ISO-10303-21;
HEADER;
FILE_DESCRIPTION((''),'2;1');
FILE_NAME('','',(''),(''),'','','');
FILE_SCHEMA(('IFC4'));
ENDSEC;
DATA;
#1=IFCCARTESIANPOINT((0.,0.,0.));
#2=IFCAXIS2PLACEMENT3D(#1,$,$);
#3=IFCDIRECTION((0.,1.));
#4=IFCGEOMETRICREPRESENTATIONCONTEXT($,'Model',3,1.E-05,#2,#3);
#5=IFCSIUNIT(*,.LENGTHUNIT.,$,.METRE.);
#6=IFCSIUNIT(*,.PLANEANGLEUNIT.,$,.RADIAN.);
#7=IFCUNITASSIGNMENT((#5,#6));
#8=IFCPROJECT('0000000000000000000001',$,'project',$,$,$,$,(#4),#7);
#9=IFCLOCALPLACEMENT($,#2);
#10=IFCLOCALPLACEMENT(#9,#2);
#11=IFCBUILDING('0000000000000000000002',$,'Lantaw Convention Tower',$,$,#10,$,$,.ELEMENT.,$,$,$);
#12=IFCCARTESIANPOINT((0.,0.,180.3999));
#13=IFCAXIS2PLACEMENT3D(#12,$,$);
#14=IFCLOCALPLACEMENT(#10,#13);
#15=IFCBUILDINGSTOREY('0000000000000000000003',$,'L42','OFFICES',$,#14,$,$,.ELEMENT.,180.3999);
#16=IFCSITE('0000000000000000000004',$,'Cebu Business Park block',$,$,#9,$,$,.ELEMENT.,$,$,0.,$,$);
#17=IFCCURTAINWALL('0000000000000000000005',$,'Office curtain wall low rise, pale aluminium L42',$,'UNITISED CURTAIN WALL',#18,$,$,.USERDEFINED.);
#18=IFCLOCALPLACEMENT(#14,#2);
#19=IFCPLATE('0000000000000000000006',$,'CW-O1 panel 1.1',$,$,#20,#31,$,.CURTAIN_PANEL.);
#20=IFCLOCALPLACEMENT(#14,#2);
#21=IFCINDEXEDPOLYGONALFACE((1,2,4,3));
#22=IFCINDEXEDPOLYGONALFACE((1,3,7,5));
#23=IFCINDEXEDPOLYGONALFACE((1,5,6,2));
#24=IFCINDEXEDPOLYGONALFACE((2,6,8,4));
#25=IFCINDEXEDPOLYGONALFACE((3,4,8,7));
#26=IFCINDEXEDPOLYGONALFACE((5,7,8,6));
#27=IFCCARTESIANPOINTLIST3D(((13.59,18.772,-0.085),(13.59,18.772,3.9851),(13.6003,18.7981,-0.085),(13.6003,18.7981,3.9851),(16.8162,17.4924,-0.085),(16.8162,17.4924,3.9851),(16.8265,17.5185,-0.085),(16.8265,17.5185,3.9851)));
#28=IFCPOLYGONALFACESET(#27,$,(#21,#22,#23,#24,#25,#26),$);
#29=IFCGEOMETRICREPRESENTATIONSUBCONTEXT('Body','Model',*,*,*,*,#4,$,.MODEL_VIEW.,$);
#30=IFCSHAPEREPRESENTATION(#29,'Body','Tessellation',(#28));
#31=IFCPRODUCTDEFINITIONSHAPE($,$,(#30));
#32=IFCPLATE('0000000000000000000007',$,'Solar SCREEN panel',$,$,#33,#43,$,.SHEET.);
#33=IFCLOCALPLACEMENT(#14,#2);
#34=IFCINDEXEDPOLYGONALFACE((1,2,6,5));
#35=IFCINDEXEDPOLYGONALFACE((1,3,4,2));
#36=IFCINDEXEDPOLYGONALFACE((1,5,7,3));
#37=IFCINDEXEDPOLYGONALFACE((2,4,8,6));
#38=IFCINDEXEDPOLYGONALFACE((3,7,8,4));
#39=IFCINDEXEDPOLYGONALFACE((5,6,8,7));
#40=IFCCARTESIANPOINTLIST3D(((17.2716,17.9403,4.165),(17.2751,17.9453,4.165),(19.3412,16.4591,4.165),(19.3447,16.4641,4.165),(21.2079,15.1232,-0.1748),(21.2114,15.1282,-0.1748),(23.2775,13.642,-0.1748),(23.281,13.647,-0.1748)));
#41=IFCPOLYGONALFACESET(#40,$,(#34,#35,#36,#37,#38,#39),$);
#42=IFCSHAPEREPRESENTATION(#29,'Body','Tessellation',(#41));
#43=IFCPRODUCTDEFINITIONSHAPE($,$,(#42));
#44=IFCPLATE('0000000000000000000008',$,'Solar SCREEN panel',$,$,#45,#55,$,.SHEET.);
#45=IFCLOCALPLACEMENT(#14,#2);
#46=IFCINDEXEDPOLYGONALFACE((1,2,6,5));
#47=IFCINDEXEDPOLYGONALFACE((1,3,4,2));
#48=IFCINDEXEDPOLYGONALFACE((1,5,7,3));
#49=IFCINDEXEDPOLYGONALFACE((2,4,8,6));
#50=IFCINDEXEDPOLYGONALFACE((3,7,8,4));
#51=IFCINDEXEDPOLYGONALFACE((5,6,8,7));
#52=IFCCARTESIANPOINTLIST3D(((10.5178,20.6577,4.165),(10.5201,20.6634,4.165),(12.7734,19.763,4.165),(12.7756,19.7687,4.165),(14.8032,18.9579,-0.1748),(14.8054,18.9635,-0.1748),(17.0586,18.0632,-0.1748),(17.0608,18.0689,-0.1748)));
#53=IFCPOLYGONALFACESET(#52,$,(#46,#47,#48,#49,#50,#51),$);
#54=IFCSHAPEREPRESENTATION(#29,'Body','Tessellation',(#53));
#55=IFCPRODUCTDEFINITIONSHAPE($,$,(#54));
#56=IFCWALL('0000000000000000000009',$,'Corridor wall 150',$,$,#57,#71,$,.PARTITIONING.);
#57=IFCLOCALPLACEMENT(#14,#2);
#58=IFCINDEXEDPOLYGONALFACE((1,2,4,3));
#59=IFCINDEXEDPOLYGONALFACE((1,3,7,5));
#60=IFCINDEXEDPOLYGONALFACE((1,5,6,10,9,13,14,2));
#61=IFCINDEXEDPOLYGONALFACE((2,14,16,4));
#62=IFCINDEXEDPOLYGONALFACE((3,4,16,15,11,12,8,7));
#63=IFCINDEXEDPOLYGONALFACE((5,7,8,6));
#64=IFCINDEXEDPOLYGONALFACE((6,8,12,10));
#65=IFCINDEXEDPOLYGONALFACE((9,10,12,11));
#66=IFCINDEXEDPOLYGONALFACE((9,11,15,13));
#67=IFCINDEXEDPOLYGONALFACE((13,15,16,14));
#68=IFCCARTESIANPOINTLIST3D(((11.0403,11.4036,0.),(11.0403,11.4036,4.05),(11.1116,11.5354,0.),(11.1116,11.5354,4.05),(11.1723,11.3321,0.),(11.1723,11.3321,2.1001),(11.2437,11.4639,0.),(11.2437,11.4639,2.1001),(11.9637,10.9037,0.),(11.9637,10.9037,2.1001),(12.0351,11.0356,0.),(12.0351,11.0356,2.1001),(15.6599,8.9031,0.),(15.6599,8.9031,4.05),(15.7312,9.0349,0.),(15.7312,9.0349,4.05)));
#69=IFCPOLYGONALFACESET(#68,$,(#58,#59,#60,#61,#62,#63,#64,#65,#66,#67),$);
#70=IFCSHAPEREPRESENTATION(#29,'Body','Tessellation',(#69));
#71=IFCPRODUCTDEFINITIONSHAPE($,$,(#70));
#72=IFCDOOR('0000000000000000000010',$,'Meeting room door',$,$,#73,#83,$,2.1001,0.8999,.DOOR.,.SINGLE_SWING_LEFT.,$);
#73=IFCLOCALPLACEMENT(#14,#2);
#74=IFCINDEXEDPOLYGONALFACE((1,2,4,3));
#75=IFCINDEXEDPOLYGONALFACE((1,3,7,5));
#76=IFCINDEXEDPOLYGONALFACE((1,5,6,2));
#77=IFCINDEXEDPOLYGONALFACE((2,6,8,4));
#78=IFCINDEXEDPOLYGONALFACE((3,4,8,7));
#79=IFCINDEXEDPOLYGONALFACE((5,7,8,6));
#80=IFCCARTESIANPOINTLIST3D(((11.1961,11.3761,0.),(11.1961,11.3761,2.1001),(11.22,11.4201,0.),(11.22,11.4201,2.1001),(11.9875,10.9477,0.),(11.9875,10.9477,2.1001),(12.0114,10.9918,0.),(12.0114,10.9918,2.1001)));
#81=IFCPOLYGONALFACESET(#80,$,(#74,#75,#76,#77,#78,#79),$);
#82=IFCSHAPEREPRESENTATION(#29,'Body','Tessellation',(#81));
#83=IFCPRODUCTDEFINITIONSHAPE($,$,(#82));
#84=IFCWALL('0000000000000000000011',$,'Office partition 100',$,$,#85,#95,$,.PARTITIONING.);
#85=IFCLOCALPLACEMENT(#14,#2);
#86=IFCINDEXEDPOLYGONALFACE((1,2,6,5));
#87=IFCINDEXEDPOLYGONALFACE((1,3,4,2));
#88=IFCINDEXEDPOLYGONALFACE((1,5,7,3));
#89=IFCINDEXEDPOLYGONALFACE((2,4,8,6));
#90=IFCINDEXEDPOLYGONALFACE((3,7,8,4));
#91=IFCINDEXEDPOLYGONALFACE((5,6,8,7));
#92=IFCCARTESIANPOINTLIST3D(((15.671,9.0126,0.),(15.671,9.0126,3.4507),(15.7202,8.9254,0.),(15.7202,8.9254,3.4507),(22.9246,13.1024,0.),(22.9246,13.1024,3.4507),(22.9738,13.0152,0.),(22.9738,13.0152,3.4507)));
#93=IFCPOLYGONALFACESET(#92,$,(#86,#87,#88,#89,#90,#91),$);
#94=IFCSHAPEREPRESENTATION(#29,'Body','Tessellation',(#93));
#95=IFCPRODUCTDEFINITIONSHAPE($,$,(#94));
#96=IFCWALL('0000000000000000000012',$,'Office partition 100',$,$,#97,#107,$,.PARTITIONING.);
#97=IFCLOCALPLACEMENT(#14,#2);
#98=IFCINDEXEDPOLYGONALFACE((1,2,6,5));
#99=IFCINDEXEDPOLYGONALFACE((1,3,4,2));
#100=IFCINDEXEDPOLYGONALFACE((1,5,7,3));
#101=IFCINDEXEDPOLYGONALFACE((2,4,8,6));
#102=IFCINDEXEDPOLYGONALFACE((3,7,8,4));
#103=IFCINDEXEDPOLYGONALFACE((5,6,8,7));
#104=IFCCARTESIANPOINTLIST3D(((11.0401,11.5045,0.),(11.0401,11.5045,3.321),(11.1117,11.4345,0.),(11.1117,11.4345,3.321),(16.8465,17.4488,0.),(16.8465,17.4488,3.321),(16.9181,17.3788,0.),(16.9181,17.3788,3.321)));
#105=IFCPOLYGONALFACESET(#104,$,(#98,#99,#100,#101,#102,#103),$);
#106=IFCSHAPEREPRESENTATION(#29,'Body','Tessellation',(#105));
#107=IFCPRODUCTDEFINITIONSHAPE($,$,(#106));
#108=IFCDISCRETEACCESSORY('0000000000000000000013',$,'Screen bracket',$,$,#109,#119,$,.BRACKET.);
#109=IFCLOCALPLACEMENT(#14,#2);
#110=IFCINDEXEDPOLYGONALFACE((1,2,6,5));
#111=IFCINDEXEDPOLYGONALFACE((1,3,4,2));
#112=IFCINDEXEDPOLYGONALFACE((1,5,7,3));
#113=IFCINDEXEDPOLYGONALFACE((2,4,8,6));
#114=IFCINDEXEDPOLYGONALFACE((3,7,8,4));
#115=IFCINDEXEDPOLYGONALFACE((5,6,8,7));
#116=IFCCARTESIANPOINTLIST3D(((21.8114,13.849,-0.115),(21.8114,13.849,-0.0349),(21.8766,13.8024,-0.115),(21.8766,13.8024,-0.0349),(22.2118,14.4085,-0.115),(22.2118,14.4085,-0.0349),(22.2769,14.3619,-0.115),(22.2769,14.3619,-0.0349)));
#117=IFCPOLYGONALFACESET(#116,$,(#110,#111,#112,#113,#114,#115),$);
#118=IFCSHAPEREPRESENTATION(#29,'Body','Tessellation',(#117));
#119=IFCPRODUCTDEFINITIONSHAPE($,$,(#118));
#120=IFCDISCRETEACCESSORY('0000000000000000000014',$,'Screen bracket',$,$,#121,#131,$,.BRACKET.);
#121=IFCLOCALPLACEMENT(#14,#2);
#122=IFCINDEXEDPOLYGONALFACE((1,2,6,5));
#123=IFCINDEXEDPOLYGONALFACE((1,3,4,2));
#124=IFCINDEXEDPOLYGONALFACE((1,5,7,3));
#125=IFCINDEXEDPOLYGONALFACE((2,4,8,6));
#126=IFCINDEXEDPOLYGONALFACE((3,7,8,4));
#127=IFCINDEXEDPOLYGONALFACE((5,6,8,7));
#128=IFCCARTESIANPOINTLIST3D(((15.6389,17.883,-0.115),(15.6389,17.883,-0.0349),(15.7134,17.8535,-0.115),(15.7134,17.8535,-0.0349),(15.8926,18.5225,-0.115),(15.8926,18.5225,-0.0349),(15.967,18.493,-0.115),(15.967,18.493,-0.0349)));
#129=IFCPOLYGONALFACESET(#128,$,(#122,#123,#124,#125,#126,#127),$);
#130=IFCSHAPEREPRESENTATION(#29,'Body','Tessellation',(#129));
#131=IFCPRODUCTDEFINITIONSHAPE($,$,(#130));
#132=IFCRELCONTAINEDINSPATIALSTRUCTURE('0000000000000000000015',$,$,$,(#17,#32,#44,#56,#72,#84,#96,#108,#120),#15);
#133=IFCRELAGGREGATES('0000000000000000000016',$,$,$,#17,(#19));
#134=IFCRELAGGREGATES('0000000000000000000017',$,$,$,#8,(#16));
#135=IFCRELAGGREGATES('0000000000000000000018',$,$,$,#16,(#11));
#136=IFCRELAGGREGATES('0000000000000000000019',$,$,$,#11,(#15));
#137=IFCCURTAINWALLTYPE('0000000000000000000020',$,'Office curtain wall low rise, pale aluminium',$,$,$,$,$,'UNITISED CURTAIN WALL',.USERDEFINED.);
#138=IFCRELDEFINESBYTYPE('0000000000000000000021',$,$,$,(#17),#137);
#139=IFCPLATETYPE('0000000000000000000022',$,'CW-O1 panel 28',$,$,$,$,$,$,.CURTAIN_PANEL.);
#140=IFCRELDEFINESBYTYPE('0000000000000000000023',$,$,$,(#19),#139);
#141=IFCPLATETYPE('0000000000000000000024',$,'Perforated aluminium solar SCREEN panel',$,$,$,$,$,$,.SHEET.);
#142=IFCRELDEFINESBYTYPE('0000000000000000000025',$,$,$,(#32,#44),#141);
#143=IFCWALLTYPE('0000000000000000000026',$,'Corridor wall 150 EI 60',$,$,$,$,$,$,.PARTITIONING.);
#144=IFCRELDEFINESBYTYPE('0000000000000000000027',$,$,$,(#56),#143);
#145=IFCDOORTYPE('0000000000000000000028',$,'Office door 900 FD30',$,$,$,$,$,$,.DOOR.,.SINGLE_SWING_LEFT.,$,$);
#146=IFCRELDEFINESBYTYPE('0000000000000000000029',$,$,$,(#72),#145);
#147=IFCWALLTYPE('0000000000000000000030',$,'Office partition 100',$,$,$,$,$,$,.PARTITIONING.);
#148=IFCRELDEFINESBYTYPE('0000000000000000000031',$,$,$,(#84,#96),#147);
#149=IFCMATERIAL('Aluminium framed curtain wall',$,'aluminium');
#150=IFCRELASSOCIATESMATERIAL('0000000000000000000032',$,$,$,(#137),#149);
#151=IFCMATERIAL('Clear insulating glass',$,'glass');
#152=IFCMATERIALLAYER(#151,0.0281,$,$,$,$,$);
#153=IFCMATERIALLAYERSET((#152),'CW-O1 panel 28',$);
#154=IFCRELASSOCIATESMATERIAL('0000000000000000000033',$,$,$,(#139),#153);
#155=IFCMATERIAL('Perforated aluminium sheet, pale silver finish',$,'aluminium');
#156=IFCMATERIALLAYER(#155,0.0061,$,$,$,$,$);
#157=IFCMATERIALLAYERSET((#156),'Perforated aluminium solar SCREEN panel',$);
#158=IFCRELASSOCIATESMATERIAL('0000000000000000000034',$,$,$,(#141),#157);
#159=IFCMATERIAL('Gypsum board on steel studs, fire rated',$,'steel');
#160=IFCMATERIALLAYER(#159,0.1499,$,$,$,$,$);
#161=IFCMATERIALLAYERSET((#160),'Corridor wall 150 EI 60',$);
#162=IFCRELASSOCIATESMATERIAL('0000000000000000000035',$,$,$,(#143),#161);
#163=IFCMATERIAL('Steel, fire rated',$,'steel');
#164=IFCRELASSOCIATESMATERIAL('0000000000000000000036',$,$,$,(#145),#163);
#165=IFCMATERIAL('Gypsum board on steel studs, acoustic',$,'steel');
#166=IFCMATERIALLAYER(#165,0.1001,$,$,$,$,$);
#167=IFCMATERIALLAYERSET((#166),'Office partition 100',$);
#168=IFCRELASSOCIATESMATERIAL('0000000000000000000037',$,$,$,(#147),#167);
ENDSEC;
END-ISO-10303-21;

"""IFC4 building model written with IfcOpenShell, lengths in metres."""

from ifc_helpers import new_model, si_unit, direction, frame, frame_2d, origin, origin_2d, place, context, subcontext, project, spatial, polyline, rectangle, outline, extrude, material, layer, layer_set, type_object, element, fill, aggregate, save


model = new_model("IFC4")

# Units and contexts
model_context = context("Model", 3, precision=1e-05, world=origin(), true_north=direction((0.0, 1.0)))
body_context = subcontext(model_context, "Body", "Model", "MODEL_VIEW")
ifc_project = project(units=[si_unit("LENGTHUNIT", "METRE"), si_unit("PLANEANGLEUNIT", "RADIAN")], contexts=[model_context])

# Site, building, storey
site_placement = place(None, origin())
site = spatial("IfcSite", under=ifc_project, at=site_placement, Name="Cebu Business Park block", CompositionType="ELEMENT", RefElevation=0.0)
building_placement = place(site_placement, origin())
building = spatial("IfcBuilding", under=site, at=building_placement, Name="Lantaw Convention Tower", CompositionType="ELEMENT")
storey_placement = place(building_placement, frame((0.0, 0.0, 180.3999)))
storey = spatial("IfcBuildingStorey", under=building, at=storey_placement, Name="L42", Description="OFFICES", CompositionType="ELEMENT", Elevation=180.3999)

# Shared definitions
ifc_material_1 = material(Name="Aluminium framed curtain wall", Category="aluminium")
curtain_wall_type = type_object("IfcCurtainWallType", Name="Office curtain wall low rise, pale aluminium", ElementType="UNITISED CURTAIN WALL", PredefinedType="USERDEFINED", material=ifc_material_1)

# Curtain wall
curtain_wall_1_placement = place(storey_placement, origin())
curtain_wall_1 = element("IfcCurtainWall", 1, at=curtain_wall_1_placement, inside=storey, type_object=curtain_wall_type, Name="Office curtain wall low rise, pale aluminium L42", ObjectType="UNITISED CURTAIN WALL", PredefinedType="USERDEFINED")

# Plate
ifc_material_2 = material(Name="Clear insulating glass", Category="glass")
ifc_layer_1 = layer(ifc_material_2, 0.0281)
ifc_layer_set_1 = layer_set([ifc_layer_1], Name="CW-O1 panel 28")
plate_type_1 = type_object("IfcPlateType", Name="CW-O1 panel 28", PredefinedType="CURTAIN_PANEL", material=ifc_layer_set_1)
plate_1_placement = place(storey_placement, frame((15.2083, 18.1453, -0.085), z_axis=(0.0, 0.0, 1.0), x_axis=(-0.929548, 0.368702, 0.0)))
plate_1 = element("IfcPlate", 2, at=plate_1_placement, type_object=plate_type_1, Name="CW-O1 panel 1.1", PredefinedType="CURTAIN_PANEL", context=body_context, shape_type="SweptSolid", body=[
    extrude(rectangle(XDim=3.4707, YDim=0.0281, at=origin_2d()), origin(), (0.0, 0.0, 1.0), 4.0701),
])
aggregate(curtain_wall_1, [plate_1])

# Plates
ifc_material_3 = material(Name="Perforated aluminium sheet, pale silver finish", Category="aluminium")
ifc_layer_2 = layer(ifc_material_3, 0.0061)
ifc_layer_set_2 = layer_set([ifc_layer_2], Name="Perforated aluminium solar SCREEN panel")
plate_type_2 = type_object("IfcPlateType", Name="Perforated aluminium solar SCREEN panel", PredefinedType="SHEET", material=ifc_layer_set_2)
plate_2_placement = place(storey_placement, frame((23.281, 13.647, -0.1748), z_axis=(0.582, 0.813189, 0.000012), x_axis=(-0.813189, 0.582, 0.0)))
element("IfcPlate", 3, at=plate_2_placement, inside=storey, type_object=plate_type_2, Name="Solar SCREEN panel", PredefinedType="SHEET", context=body_context, shape_type="SweptSolid", body=[
    extrude(outline(polyline([(0.0, 0.0), (2.545, 0.0), (7.3855, 4.3398), (4.8405, 4.3398), (0.0, 0.0)])), origin(), (0.0, 0.0, -1.0), 0.0061),
])
plate_3_placement = place(storey_placement, frame((17.0586, 18.0632, -0.1748), z_axis=(-0.368709, -0.929545, 0.000011), x_axis=(-0.929545, 0.368709, 0.0)))
element("IfcPlate", 4, at=plate_3_placement, inside=storey, type_object=plate_type_2, Name="Solar SCREEN panel", PredefinedType="SHEET", context=body_context, shape_type="SweptSolid", body=[
    extrude(outline(polyline([(0.0, 0.0), (2.4264, 0.0), (7.0365, -4.3398), (4.61, -4.3398), (0.0, 0.0)])), origin(), (0.0, 0.0, -1.0), 0.0061),
])

# Wall, opening, door
ifc_material_4 = material(Name="Gypsum board on steel studs, fire rated", Category="steel")
ifc_layer_3 = layer(ifc_material_4, 0.1499)
ifc_layer_set_3 = layer_set([ifc_layer_3], Name="Corridor wall 150 EI 60")
wall_type_1 = type_object("IfcWallType", Name="Corridor wall 150 EI 60", PredefinedType="PARTITIONING", material=ifc_layer_set_3)
wall_1_placement = place(storey_placement, frame((15.6956, 8.969, 0.0), z_axis=(0.0, 0.0, 1.0), x_axis=(-0.879436, 0.476017, 0.0)))
wall_1 = element("IfcWall", 5, at=wall_1_placement, inside=storey, type_object=wall_type_1, Name="Corridor wall 150", PredefinedType="PARTITIONING", context=body_context, shape_type="SweptSolid", body=[
    extrude(rectangle(XDim=5.2529, YDim=0.1499, at=frame_2d((2.6265, 0.0))), origin(), (0.0, 0.0, 1.0), 4.05),
])
opening_placement = place(wall_1_placement, frame((4.2029, 0.0, 0.0)))
opening = element("IfcOpeningElement", 6, at=opening_placement, cuts=wall_1, PredefinedType="OPENING", context=body_context, shape_type="SweptSolid", body=[
    extrude(rectangle(XDim=0.8999, YDim=2.1001, at=frame_2d((0.45, 1.05))), frame((0.0, 0.085, 0.0), z_axis=(0.0, -1.0, 0.0), x_axis=(1.0, 0.0, 0.0)), (0.0, 0.0, 1.0), 0.1699),
])
ifc_material_5 = material(Name="Steel, fire rated", Category="steel")
door_type = type_object("IfcDoorType", Name="Office door 900 FD30", OperationType="SINGLE_SWING_LEFT", PredefinedType="DOOR", material=ifc_material_5)
door_placement = place(opening_placement, origin())
door = element("IfcDoor", 7, at=door_placement, inside=storey, type_object=door_type, Name="Meeting room door", OperationType="SINGLE_SWING_LEFT", OverallHeight=2.1001, OverallWidth=0.8999, PredefinedType="DOOR", context=body_context, shape_type="SweptSolid", body=[
    extrude(rectangle(XDim=0.8999, YDim=2.1001, at=frame_2d((0.45, 1.05))), frame((0.0, 0.0249, 0.0), z_axis=(0.0, -1.0, 0.0), x_axis=(1.0, 0.0, 0.0)), (0.0, 0.0, 1.0), 0.05),
])
fill(opening, door)

# Walls
ifc_material_6 = material(Name="Gypsum board on steel studs, acoustic", Category="steel")
ifc_layer_4 = layer(ifc_material_6, 0.1001)
ifc_layer_set_4 = layer_set([ifc_layer_4], Name="Office partition 100")
wall_type_2 = type_object("IfcWallType", Name="Office partition 100", PredefinedType="PARTITIONING", material=ifc_layer_set_4)
wall_2_placement = place(storey_placement, frame((22.9492, 13.0588, 0.0), z_axis=(0.0, 0.0, 1.0), x_axis=(-0.871079, -0.491142, 0.0)))
element("IfcWall", 8, at=wall_2_placement, inside=storey, type_object=wall_type_2, Name="Office partition 100", PredefinedType="PARTITIONING", context=body_context, shape_type="SweptSolid", body=[
    extrude(rectangle(XDim=8.3271, YDim=0.1001, at=frame_2d((4.1636, 0.0))), origin(), (0.0, 0.0, 1.0), 3.4507),
])
wall_3_placement = place(storey_placement, frame((16.8823, 17.4138, 0.0), z_axis=(0.0, 0.0, 1.0), x_axis=(-0.698758, -0.715358, 0.0)))
element("IfcWall", 9, at=wall_3_placement, inside=storey, type_object=wall_type_2, Name="Office partition 100", PredefinedType="PARTITIONING", context=body_context, shape_type="SweptSolid", body=[
    extrude(rectangle(XDim=8.3096, YDim=0.1001, at=frame_2d((4.1548, 0.0))), origin(), (0.0, 0.0, 1.0), 3.321),
])

# Discrete accessories
for number, where, z_axis, x_axis, name in (
    (10, (22.0442, 14.1055, -0.115), (0.0, 0.0, 1.0), (-0.813208, 0.581973, 0.0), "Screen bracket"),
    (11, (15.803, 18.188, -0.115), (0.0, 0.0, 1.0), (-0.929548, 0.368702, 0.0), "Screen bracket"),
):
    element("IfcDiscreteAccessory", number, at=place(storey_placement, frame(where, z_axis=z_axis, x_axis=x_axis)), inside=storey, Name=name, PredefinedType="BRACKET", context=body_context, shape_type="SweptSolid", body=[
        extrude(rectangle(XDim=0.0801, YDim=0.688, at=origin_2d()), origin(), (0.0, 0.0, 1.0), 0.0801),
    ])

save(model, "model.ifc")
